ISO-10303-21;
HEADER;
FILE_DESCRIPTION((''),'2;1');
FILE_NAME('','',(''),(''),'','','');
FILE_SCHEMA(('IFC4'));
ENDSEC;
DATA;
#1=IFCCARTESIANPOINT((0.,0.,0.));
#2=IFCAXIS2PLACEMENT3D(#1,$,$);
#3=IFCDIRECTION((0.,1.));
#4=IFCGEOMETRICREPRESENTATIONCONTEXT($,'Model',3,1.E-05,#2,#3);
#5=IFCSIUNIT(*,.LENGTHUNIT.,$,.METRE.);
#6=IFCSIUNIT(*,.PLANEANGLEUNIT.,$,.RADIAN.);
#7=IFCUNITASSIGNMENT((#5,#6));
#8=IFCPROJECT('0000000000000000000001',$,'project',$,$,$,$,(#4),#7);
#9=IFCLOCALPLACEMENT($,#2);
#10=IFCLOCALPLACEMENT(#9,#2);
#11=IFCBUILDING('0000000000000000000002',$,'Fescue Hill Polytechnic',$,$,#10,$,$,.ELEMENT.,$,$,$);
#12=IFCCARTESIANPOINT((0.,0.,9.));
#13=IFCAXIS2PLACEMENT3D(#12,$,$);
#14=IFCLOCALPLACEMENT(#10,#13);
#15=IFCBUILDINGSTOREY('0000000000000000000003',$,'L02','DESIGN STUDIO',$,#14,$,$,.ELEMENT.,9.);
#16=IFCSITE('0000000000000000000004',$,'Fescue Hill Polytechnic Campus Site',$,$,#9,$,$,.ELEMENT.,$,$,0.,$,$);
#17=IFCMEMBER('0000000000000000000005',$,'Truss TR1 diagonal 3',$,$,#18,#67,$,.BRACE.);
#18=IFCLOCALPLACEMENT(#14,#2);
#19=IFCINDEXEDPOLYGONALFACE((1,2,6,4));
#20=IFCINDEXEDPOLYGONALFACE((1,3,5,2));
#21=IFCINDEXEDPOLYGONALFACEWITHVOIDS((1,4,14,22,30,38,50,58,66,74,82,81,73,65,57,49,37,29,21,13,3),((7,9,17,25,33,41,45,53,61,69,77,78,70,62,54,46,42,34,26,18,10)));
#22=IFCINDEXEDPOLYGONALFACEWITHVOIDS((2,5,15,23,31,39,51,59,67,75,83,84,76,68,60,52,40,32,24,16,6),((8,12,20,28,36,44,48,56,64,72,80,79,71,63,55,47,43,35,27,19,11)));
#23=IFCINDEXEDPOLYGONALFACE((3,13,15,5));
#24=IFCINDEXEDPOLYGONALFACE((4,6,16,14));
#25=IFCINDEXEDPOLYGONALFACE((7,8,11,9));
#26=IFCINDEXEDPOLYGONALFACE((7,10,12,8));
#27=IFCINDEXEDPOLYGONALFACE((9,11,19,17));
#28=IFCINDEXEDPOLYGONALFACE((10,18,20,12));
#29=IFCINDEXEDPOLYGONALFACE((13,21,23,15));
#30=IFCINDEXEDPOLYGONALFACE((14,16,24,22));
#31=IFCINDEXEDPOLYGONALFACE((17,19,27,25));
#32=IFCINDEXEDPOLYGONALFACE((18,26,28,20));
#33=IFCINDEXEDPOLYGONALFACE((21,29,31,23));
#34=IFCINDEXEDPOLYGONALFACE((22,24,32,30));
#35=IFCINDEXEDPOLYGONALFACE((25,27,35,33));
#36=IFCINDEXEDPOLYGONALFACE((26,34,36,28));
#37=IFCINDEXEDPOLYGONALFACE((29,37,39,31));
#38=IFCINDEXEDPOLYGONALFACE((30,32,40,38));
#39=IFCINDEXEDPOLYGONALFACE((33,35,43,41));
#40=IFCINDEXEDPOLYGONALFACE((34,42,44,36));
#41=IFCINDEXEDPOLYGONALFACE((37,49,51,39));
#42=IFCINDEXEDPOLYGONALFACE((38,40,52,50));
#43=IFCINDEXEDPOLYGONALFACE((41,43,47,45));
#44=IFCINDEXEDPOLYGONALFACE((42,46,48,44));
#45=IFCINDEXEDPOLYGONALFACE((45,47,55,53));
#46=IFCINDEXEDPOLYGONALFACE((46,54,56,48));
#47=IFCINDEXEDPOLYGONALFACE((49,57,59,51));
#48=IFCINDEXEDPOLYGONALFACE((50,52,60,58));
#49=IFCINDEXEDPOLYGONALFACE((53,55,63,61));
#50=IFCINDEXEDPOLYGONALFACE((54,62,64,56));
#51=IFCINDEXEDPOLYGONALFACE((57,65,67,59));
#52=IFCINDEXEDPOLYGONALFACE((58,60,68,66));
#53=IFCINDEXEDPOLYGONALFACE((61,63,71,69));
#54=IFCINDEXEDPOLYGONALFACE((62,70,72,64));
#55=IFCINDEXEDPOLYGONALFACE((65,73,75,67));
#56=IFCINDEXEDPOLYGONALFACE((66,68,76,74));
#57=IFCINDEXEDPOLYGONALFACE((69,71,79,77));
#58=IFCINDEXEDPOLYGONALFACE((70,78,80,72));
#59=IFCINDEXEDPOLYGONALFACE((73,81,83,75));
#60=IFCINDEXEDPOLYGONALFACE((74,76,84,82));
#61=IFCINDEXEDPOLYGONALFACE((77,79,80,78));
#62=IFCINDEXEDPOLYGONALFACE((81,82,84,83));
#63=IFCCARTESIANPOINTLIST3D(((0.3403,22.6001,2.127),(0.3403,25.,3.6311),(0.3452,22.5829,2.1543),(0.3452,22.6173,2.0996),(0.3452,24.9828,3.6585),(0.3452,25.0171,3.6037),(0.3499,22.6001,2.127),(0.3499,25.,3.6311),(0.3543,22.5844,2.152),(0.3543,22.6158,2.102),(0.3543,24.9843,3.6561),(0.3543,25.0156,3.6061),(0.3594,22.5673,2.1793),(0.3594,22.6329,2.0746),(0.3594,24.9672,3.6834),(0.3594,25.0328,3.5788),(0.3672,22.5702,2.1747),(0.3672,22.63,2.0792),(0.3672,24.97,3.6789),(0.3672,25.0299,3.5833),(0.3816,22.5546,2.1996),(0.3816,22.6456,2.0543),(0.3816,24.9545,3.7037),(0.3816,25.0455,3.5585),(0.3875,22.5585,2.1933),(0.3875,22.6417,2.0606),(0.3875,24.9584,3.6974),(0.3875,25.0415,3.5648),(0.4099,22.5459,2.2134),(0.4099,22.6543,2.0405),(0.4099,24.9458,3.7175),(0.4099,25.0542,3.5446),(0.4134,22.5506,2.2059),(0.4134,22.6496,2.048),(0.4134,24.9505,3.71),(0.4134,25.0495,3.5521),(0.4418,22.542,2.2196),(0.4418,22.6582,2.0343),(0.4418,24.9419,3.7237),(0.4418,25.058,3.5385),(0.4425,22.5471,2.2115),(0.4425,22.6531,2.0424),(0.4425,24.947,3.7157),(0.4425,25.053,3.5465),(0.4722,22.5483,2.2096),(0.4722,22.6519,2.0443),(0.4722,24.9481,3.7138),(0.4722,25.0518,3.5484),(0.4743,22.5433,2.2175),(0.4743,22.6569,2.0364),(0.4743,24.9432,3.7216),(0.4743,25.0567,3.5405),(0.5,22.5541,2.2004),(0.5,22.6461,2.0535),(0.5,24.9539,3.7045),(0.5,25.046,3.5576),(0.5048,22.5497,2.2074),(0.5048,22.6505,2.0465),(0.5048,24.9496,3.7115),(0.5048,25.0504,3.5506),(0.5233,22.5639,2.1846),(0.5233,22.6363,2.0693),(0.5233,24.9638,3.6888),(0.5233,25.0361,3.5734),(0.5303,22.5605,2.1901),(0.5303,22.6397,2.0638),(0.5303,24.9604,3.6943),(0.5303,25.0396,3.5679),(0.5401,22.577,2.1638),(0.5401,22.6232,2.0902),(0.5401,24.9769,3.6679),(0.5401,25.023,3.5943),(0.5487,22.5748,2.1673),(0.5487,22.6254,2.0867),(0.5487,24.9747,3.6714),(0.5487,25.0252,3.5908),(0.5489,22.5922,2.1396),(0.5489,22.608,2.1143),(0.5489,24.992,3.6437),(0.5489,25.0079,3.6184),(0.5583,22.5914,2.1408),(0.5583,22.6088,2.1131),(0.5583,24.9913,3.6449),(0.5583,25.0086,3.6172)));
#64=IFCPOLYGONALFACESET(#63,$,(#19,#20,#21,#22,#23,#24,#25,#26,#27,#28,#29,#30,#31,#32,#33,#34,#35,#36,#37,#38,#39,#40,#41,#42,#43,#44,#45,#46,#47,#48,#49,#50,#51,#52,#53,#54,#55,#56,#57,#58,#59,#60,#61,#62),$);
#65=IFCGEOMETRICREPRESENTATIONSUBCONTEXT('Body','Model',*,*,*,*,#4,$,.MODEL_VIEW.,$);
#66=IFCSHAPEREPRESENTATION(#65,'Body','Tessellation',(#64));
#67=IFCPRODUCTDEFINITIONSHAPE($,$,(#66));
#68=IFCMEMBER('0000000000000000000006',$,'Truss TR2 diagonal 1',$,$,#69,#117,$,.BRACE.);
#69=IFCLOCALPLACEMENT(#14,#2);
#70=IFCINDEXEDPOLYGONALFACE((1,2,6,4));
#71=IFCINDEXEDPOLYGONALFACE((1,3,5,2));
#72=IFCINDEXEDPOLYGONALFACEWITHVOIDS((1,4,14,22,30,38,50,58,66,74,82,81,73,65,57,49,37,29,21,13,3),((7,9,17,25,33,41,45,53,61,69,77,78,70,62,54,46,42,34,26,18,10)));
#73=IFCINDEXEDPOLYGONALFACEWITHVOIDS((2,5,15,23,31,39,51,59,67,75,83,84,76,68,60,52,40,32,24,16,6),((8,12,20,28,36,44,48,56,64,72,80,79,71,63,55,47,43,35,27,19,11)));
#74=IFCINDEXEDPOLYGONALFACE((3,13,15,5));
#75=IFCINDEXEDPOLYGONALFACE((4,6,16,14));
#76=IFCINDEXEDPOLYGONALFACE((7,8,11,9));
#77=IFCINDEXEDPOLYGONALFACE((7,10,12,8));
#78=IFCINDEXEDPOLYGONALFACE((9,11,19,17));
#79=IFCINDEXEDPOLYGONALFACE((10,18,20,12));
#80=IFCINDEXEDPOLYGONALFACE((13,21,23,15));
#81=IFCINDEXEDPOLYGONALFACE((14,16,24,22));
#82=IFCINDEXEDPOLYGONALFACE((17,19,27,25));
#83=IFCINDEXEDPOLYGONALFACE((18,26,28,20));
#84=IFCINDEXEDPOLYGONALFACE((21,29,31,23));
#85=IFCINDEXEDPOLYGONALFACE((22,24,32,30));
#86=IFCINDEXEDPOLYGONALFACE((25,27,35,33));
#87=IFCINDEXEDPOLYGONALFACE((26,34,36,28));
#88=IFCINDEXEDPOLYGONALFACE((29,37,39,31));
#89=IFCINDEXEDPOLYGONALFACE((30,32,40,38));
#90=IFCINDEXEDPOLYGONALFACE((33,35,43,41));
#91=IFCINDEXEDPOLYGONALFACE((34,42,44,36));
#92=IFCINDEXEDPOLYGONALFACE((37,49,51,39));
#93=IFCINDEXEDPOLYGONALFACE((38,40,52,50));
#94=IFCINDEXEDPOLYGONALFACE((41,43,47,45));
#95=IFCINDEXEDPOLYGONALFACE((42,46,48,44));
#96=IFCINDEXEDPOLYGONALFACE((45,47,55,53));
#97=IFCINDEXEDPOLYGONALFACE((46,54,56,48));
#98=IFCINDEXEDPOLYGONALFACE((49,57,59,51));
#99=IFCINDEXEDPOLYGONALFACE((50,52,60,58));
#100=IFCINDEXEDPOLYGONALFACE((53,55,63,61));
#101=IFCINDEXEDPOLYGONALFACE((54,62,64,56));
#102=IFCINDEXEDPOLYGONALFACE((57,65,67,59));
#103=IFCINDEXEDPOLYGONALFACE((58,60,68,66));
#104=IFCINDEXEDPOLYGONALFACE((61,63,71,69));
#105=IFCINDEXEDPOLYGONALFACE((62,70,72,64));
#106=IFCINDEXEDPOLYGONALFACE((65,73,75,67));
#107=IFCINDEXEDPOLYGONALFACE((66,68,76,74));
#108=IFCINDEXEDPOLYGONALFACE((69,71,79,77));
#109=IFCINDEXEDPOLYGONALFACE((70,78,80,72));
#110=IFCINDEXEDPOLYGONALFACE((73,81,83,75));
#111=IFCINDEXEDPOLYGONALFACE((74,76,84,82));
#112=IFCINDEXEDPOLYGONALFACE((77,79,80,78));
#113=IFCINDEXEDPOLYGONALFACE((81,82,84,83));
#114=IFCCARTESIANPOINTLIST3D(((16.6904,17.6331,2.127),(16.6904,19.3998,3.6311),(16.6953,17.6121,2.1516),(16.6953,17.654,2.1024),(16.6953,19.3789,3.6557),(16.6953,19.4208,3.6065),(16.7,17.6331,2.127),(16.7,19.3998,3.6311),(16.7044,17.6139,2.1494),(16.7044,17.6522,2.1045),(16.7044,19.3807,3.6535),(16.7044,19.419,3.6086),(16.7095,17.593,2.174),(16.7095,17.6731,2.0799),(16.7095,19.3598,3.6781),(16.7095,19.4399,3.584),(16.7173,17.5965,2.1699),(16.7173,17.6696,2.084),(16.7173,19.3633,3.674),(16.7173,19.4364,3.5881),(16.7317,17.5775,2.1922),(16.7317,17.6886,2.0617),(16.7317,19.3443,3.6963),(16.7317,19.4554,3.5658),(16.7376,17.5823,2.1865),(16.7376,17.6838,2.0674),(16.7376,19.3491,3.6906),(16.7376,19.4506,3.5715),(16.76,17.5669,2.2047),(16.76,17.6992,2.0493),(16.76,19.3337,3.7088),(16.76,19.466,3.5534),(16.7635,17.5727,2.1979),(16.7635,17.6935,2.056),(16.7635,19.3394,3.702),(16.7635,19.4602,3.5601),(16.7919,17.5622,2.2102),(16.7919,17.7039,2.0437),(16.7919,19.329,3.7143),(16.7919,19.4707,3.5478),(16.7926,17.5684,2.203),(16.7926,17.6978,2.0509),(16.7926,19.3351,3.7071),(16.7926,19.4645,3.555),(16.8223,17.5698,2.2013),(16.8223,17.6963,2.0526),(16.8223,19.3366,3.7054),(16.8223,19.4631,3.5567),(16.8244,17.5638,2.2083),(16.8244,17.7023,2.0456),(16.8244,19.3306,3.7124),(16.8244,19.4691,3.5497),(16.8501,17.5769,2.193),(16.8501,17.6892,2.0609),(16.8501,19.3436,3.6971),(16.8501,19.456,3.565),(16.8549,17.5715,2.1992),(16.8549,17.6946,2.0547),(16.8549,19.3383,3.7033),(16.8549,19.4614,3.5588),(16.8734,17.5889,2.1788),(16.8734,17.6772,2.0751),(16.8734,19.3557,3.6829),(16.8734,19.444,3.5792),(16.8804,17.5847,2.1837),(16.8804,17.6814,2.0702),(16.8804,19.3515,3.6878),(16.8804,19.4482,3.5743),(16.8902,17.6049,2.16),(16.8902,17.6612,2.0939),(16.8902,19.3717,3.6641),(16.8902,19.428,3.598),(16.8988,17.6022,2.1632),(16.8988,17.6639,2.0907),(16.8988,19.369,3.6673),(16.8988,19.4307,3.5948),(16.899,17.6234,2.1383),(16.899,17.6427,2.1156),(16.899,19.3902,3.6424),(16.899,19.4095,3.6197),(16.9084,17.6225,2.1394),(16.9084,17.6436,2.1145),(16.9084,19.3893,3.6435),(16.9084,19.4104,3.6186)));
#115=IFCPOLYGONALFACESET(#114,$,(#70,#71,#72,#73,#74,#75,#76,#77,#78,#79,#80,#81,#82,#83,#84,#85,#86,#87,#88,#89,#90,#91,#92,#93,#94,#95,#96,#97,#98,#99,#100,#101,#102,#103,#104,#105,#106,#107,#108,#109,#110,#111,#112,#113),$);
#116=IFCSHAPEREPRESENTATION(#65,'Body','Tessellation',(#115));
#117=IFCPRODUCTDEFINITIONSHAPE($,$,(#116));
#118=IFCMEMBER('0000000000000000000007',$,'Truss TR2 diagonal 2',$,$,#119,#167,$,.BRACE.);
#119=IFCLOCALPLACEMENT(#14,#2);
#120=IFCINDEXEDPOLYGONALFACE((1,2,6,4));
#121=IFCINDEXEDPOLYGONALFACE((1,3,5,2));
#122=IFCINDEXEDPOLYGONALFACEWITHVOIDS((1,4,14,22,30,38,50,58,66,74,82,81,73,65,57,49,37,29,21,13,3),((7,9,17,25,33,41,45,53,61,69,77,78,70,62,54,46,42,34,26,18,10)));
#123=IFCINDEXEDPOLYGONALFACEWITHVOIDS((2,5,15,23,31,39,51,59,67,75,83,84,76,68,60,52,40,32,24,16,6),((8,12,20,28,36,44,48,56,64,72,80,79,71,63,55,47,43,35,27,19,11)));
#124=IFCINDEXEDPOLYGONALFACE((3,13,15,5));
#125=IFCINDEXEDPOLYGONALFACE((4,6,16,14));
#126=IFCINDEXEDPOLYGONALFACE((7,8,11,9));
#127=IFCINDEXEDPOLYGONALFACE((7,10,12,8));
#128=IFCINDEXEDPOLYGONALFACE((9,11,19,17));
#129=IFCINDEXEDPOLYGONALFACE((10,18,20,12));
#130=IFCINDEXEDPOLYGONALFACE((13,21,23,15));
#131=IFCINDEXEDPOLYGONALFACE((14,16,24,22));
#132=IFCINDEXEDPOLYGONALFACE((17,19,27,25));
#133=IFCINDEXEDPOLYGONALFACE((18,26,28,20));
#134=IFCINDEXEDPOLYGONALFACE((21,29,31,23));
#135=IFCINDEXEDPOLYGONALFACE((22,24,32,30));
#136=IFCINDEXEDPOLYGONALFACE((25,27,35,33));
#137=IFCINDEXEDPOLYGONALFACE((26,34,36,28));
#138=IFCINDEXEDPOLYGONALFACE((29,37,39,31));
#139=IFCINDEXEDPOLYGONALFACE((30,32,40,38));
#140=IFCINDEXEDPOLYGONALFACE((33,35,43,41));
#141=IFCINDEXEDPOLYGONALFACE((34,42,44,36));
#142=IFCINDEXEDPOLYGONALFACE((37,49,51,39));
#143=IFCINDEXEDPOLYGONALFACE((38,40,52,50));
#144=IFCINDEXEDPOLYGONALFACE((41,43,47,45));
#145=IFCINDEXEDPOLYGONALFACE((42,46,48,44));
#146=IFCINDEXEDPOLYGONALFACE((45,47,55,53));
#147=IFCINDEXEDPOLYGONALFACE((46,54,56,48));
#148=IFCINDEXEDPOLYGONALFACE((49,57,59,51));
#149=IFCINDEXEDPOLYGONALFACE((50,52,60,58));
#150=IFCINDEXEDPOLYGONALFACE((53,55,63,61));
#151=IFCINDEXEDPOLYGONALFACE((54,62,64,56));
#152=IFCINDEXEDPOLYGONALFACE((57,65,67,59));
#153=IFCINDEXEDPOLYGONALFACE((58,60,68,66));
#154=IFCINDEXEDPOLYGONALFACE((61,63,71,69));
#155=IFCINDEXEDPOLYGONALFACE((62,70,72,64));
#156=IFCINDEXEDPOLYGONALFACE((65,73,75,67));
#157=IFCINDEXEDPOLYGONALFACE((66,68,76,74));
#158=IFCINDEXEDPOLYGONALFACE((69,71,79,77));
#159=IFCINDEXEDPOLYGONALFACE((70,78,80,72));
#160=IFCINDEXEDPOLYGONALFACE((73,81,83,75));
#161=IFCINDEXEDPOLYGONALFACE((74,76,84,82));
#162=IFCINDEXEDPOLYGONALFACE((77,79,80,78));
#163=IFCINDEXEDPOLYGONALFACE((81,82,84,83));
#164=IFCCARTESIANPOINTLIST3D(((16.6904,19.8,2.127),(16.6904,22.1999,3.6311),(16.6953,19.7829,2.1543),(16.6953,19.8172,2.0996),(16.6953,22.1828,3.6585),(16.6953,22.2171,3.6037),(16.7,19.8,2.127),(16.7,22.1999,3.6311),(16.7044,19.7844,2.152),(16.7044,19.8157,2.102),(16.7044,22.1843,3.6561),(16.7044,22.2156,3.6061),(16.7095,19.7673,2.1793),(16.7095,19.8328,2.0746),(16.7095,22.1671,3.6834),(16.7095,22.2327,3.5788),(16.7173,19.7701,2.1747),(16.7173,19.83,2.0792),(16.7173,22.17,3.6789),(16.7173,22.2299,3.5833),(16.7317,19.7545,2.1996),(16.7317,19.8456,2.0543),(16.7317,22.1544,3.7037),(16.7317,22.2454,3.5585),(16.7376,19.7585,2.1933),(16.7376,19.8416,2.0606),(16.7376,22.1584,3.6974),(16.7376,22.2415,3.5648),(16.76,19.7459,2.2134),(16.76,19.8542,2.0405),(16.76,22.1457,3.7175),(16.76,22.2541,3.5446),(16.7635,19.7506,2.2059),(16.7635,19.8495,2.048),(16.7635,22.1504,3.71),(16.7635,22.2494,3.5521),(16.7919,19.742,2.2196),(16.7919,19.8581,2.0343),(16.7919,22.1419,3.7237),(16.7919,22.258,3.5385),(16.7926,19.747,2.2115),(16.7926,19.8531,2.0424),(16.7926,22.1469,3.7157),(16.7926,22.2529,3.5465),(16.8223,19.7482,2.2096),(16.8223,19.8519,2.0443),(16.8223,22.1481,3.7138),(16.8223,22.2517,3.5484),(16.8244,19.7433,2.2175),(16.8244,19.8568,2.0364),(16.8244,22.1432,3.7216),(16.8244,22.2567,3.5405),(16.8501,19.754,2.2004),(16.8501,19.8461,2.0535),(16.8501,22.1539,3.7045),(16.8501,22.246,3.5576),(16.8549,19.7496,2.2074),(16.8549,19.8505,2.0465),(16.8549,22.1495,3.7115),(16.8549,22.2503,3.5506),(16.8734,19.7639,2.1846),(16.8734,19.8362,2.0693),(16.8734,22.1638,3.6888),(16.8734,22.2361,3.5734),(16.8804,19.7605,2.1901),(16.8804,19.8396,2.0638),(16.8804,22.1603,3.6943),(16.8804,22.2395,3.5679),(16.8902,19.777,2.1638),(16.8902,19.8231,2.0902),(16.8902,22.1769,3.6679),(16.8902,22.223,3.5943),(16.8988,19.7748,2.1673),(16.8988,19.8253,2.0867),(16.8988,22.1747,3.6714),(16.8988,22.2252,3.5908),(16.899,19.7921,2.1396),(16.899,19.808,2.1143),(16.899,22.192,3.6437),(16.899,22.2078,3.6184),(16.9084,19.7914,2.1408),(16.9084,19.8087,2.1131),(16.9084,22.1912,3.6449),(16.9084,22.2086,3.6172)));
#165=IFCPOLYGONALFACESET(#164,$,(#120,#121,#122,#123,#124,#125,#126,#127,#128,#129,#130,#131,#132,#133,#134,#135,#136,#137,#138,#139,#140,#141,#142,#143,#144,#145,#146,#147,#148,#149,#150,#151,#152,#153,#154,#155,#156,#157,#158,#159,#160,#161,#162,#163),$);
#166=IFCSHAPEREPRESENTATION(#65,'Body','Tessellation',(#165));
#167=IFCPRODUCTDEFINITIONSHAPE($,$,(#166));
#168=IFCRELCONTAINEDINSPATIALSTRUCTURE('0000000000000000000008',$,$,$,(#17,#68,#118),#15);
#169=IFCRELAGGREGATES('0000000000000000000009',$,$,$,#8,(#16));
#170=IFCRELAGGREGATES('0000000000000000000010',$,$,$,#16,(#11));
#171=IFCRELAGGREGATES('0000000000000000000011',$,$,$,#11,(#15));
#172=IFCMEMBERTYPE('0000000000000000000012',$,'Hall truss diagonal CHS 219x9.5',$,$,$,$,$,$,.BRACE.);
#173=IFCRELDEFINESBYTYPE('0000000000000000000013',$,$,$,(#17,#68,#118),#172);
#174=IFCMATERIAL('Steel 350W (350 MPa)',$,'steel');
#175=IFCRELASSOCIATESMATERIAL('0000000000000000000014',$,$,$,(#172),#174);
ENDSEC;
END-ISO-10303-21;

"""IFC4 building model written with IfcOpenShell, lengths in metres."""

from ifc_helpers import new_model, si_unit, direction, frame, origin, origin_2d, place, context, subcontext, project, spatial, hollow_circle, extrude, material, material_profile, profile_set, type_object, element, save


model = new_model("IFC4")

# Units and contexts
model_context = context("Model", 3, precision=1e-05, world=origin(), true_north=direction((0.0, 1.0)))
body_context = subcontext(model_context, "Body", "Model", "MODEL_VIEW")
ifc_project = project(units=[si_unit("LENGTHUNIT", "METRE"), si_unit("PLANEANGLEUNIT", "RADIAN")], contexts=[model_context])

# Site, building, storey
site_placement = place(None, origin())
site = spatial("IfcSite", under=ifc_project, at=site_placement, Name="Fescue Hill Polytechnic Campus Site", CompositionType="ELEMENT", RefElevation=0.0)
building_placement = place(site_placement, origin())
building = spatial("IfcBuilding", under=site, at=building_placement, Name="Fescue Hill Polytechnic", CompositionType="ELEMENT")
storey_placement = place(building_placement, frame((0.0, 0.0, 9.0)))
storey = spatial("IfcBuildingStorey", under=building, at=storey_placement, Name="L02", Description="DESIGN STUDIO", CompositionType="ELEMENT", Elevation=9.0)

# Members
ifc_material_1 = material(Name="Steel 350W (350 MPa)", Category="steel")
ifc_material_profile_1 = material_profile(ifc_material_1, hollow_circle(Radius=0.1096, WallThickness=0.0095, at=origin_2d()), Name="Hall truss diagonal CHS 219x9.5")
ifc_profile_set_1 = profile_set([ifc_material_profile_1], Name="Steel 350W (350 MPa)")
member_type_1 = type_object("IfcMemberType", Name="Hall truss diagonal CHS 219x9.5", PredefinedType="BRACE", material=ifc_profile_set_1)
for number, where, z_axis, x_axis, name in (
    (1, (0.45, 22.6001, 2.127), (0.0, 0.847329, 0.531068), (-1.0, 0.0, 0.0), "Truss TR1 diagonal 3"),
):
    element("IfcMember", number, at=place(storey_placement, frame(where, z_axis=z_axis, x_axis=x_axis)), inside=storey, type_object=member_type_1, Name=name, PredefinedType="BRACE", context=body_context, shape_type="SweptSolid", body=[
        extrude(hollow_circle(Radius=0.1096, WallThickness=0.0095, at=origin_2d()), origin(), (0.0, 0.0, 1.0), 2.8323),
    ])
member_1_placement = place(storey_placement, frame((16.8, 17.6331, 2.127), z_axis=(0.0, 0.761443, 0.648232), x_axis=(-1.0, 0.0, 0.0)))
element("IfcMember", 2, at=member_1_placement, inside=storey, type_object=member_type_1, Name="Truss TR2 diagonal 1", PredefinedType="BRACE", context=body_context, shape_type="SweptSolid", body=[
    extrude(hollow_circle(Radius=0.1096, WallThickness=0.0095, at=origin_2d()), origin(), (0.0, 0.0, 1.0), 2.3203),
])
for number, where, z_axis, x_axis, name in (
    (3, (16.8, 19.8, 2.127), (0.0, 0.847329, 0.531068), (-1.0, 0.0, 0.0), "Truss TR2 diagonal 2"),
):
    element("IfcMember", number, at=place(storey_placement, frame(where, z_axis=z_axis, x_axis=x_axis)), inside=storey, type_object=member_type_1, Name=name, PredefinedType="BRACE", context=body_context, shape_type="SweptSolid", body=[
        extrude(hollow_circle(Radius=0.1096, WallThickness=0.0095, at=origin_2d()), origin(), (0.0, 0.0, 1.0), 2.8323),
    ])

save(model, "model.ifc")
